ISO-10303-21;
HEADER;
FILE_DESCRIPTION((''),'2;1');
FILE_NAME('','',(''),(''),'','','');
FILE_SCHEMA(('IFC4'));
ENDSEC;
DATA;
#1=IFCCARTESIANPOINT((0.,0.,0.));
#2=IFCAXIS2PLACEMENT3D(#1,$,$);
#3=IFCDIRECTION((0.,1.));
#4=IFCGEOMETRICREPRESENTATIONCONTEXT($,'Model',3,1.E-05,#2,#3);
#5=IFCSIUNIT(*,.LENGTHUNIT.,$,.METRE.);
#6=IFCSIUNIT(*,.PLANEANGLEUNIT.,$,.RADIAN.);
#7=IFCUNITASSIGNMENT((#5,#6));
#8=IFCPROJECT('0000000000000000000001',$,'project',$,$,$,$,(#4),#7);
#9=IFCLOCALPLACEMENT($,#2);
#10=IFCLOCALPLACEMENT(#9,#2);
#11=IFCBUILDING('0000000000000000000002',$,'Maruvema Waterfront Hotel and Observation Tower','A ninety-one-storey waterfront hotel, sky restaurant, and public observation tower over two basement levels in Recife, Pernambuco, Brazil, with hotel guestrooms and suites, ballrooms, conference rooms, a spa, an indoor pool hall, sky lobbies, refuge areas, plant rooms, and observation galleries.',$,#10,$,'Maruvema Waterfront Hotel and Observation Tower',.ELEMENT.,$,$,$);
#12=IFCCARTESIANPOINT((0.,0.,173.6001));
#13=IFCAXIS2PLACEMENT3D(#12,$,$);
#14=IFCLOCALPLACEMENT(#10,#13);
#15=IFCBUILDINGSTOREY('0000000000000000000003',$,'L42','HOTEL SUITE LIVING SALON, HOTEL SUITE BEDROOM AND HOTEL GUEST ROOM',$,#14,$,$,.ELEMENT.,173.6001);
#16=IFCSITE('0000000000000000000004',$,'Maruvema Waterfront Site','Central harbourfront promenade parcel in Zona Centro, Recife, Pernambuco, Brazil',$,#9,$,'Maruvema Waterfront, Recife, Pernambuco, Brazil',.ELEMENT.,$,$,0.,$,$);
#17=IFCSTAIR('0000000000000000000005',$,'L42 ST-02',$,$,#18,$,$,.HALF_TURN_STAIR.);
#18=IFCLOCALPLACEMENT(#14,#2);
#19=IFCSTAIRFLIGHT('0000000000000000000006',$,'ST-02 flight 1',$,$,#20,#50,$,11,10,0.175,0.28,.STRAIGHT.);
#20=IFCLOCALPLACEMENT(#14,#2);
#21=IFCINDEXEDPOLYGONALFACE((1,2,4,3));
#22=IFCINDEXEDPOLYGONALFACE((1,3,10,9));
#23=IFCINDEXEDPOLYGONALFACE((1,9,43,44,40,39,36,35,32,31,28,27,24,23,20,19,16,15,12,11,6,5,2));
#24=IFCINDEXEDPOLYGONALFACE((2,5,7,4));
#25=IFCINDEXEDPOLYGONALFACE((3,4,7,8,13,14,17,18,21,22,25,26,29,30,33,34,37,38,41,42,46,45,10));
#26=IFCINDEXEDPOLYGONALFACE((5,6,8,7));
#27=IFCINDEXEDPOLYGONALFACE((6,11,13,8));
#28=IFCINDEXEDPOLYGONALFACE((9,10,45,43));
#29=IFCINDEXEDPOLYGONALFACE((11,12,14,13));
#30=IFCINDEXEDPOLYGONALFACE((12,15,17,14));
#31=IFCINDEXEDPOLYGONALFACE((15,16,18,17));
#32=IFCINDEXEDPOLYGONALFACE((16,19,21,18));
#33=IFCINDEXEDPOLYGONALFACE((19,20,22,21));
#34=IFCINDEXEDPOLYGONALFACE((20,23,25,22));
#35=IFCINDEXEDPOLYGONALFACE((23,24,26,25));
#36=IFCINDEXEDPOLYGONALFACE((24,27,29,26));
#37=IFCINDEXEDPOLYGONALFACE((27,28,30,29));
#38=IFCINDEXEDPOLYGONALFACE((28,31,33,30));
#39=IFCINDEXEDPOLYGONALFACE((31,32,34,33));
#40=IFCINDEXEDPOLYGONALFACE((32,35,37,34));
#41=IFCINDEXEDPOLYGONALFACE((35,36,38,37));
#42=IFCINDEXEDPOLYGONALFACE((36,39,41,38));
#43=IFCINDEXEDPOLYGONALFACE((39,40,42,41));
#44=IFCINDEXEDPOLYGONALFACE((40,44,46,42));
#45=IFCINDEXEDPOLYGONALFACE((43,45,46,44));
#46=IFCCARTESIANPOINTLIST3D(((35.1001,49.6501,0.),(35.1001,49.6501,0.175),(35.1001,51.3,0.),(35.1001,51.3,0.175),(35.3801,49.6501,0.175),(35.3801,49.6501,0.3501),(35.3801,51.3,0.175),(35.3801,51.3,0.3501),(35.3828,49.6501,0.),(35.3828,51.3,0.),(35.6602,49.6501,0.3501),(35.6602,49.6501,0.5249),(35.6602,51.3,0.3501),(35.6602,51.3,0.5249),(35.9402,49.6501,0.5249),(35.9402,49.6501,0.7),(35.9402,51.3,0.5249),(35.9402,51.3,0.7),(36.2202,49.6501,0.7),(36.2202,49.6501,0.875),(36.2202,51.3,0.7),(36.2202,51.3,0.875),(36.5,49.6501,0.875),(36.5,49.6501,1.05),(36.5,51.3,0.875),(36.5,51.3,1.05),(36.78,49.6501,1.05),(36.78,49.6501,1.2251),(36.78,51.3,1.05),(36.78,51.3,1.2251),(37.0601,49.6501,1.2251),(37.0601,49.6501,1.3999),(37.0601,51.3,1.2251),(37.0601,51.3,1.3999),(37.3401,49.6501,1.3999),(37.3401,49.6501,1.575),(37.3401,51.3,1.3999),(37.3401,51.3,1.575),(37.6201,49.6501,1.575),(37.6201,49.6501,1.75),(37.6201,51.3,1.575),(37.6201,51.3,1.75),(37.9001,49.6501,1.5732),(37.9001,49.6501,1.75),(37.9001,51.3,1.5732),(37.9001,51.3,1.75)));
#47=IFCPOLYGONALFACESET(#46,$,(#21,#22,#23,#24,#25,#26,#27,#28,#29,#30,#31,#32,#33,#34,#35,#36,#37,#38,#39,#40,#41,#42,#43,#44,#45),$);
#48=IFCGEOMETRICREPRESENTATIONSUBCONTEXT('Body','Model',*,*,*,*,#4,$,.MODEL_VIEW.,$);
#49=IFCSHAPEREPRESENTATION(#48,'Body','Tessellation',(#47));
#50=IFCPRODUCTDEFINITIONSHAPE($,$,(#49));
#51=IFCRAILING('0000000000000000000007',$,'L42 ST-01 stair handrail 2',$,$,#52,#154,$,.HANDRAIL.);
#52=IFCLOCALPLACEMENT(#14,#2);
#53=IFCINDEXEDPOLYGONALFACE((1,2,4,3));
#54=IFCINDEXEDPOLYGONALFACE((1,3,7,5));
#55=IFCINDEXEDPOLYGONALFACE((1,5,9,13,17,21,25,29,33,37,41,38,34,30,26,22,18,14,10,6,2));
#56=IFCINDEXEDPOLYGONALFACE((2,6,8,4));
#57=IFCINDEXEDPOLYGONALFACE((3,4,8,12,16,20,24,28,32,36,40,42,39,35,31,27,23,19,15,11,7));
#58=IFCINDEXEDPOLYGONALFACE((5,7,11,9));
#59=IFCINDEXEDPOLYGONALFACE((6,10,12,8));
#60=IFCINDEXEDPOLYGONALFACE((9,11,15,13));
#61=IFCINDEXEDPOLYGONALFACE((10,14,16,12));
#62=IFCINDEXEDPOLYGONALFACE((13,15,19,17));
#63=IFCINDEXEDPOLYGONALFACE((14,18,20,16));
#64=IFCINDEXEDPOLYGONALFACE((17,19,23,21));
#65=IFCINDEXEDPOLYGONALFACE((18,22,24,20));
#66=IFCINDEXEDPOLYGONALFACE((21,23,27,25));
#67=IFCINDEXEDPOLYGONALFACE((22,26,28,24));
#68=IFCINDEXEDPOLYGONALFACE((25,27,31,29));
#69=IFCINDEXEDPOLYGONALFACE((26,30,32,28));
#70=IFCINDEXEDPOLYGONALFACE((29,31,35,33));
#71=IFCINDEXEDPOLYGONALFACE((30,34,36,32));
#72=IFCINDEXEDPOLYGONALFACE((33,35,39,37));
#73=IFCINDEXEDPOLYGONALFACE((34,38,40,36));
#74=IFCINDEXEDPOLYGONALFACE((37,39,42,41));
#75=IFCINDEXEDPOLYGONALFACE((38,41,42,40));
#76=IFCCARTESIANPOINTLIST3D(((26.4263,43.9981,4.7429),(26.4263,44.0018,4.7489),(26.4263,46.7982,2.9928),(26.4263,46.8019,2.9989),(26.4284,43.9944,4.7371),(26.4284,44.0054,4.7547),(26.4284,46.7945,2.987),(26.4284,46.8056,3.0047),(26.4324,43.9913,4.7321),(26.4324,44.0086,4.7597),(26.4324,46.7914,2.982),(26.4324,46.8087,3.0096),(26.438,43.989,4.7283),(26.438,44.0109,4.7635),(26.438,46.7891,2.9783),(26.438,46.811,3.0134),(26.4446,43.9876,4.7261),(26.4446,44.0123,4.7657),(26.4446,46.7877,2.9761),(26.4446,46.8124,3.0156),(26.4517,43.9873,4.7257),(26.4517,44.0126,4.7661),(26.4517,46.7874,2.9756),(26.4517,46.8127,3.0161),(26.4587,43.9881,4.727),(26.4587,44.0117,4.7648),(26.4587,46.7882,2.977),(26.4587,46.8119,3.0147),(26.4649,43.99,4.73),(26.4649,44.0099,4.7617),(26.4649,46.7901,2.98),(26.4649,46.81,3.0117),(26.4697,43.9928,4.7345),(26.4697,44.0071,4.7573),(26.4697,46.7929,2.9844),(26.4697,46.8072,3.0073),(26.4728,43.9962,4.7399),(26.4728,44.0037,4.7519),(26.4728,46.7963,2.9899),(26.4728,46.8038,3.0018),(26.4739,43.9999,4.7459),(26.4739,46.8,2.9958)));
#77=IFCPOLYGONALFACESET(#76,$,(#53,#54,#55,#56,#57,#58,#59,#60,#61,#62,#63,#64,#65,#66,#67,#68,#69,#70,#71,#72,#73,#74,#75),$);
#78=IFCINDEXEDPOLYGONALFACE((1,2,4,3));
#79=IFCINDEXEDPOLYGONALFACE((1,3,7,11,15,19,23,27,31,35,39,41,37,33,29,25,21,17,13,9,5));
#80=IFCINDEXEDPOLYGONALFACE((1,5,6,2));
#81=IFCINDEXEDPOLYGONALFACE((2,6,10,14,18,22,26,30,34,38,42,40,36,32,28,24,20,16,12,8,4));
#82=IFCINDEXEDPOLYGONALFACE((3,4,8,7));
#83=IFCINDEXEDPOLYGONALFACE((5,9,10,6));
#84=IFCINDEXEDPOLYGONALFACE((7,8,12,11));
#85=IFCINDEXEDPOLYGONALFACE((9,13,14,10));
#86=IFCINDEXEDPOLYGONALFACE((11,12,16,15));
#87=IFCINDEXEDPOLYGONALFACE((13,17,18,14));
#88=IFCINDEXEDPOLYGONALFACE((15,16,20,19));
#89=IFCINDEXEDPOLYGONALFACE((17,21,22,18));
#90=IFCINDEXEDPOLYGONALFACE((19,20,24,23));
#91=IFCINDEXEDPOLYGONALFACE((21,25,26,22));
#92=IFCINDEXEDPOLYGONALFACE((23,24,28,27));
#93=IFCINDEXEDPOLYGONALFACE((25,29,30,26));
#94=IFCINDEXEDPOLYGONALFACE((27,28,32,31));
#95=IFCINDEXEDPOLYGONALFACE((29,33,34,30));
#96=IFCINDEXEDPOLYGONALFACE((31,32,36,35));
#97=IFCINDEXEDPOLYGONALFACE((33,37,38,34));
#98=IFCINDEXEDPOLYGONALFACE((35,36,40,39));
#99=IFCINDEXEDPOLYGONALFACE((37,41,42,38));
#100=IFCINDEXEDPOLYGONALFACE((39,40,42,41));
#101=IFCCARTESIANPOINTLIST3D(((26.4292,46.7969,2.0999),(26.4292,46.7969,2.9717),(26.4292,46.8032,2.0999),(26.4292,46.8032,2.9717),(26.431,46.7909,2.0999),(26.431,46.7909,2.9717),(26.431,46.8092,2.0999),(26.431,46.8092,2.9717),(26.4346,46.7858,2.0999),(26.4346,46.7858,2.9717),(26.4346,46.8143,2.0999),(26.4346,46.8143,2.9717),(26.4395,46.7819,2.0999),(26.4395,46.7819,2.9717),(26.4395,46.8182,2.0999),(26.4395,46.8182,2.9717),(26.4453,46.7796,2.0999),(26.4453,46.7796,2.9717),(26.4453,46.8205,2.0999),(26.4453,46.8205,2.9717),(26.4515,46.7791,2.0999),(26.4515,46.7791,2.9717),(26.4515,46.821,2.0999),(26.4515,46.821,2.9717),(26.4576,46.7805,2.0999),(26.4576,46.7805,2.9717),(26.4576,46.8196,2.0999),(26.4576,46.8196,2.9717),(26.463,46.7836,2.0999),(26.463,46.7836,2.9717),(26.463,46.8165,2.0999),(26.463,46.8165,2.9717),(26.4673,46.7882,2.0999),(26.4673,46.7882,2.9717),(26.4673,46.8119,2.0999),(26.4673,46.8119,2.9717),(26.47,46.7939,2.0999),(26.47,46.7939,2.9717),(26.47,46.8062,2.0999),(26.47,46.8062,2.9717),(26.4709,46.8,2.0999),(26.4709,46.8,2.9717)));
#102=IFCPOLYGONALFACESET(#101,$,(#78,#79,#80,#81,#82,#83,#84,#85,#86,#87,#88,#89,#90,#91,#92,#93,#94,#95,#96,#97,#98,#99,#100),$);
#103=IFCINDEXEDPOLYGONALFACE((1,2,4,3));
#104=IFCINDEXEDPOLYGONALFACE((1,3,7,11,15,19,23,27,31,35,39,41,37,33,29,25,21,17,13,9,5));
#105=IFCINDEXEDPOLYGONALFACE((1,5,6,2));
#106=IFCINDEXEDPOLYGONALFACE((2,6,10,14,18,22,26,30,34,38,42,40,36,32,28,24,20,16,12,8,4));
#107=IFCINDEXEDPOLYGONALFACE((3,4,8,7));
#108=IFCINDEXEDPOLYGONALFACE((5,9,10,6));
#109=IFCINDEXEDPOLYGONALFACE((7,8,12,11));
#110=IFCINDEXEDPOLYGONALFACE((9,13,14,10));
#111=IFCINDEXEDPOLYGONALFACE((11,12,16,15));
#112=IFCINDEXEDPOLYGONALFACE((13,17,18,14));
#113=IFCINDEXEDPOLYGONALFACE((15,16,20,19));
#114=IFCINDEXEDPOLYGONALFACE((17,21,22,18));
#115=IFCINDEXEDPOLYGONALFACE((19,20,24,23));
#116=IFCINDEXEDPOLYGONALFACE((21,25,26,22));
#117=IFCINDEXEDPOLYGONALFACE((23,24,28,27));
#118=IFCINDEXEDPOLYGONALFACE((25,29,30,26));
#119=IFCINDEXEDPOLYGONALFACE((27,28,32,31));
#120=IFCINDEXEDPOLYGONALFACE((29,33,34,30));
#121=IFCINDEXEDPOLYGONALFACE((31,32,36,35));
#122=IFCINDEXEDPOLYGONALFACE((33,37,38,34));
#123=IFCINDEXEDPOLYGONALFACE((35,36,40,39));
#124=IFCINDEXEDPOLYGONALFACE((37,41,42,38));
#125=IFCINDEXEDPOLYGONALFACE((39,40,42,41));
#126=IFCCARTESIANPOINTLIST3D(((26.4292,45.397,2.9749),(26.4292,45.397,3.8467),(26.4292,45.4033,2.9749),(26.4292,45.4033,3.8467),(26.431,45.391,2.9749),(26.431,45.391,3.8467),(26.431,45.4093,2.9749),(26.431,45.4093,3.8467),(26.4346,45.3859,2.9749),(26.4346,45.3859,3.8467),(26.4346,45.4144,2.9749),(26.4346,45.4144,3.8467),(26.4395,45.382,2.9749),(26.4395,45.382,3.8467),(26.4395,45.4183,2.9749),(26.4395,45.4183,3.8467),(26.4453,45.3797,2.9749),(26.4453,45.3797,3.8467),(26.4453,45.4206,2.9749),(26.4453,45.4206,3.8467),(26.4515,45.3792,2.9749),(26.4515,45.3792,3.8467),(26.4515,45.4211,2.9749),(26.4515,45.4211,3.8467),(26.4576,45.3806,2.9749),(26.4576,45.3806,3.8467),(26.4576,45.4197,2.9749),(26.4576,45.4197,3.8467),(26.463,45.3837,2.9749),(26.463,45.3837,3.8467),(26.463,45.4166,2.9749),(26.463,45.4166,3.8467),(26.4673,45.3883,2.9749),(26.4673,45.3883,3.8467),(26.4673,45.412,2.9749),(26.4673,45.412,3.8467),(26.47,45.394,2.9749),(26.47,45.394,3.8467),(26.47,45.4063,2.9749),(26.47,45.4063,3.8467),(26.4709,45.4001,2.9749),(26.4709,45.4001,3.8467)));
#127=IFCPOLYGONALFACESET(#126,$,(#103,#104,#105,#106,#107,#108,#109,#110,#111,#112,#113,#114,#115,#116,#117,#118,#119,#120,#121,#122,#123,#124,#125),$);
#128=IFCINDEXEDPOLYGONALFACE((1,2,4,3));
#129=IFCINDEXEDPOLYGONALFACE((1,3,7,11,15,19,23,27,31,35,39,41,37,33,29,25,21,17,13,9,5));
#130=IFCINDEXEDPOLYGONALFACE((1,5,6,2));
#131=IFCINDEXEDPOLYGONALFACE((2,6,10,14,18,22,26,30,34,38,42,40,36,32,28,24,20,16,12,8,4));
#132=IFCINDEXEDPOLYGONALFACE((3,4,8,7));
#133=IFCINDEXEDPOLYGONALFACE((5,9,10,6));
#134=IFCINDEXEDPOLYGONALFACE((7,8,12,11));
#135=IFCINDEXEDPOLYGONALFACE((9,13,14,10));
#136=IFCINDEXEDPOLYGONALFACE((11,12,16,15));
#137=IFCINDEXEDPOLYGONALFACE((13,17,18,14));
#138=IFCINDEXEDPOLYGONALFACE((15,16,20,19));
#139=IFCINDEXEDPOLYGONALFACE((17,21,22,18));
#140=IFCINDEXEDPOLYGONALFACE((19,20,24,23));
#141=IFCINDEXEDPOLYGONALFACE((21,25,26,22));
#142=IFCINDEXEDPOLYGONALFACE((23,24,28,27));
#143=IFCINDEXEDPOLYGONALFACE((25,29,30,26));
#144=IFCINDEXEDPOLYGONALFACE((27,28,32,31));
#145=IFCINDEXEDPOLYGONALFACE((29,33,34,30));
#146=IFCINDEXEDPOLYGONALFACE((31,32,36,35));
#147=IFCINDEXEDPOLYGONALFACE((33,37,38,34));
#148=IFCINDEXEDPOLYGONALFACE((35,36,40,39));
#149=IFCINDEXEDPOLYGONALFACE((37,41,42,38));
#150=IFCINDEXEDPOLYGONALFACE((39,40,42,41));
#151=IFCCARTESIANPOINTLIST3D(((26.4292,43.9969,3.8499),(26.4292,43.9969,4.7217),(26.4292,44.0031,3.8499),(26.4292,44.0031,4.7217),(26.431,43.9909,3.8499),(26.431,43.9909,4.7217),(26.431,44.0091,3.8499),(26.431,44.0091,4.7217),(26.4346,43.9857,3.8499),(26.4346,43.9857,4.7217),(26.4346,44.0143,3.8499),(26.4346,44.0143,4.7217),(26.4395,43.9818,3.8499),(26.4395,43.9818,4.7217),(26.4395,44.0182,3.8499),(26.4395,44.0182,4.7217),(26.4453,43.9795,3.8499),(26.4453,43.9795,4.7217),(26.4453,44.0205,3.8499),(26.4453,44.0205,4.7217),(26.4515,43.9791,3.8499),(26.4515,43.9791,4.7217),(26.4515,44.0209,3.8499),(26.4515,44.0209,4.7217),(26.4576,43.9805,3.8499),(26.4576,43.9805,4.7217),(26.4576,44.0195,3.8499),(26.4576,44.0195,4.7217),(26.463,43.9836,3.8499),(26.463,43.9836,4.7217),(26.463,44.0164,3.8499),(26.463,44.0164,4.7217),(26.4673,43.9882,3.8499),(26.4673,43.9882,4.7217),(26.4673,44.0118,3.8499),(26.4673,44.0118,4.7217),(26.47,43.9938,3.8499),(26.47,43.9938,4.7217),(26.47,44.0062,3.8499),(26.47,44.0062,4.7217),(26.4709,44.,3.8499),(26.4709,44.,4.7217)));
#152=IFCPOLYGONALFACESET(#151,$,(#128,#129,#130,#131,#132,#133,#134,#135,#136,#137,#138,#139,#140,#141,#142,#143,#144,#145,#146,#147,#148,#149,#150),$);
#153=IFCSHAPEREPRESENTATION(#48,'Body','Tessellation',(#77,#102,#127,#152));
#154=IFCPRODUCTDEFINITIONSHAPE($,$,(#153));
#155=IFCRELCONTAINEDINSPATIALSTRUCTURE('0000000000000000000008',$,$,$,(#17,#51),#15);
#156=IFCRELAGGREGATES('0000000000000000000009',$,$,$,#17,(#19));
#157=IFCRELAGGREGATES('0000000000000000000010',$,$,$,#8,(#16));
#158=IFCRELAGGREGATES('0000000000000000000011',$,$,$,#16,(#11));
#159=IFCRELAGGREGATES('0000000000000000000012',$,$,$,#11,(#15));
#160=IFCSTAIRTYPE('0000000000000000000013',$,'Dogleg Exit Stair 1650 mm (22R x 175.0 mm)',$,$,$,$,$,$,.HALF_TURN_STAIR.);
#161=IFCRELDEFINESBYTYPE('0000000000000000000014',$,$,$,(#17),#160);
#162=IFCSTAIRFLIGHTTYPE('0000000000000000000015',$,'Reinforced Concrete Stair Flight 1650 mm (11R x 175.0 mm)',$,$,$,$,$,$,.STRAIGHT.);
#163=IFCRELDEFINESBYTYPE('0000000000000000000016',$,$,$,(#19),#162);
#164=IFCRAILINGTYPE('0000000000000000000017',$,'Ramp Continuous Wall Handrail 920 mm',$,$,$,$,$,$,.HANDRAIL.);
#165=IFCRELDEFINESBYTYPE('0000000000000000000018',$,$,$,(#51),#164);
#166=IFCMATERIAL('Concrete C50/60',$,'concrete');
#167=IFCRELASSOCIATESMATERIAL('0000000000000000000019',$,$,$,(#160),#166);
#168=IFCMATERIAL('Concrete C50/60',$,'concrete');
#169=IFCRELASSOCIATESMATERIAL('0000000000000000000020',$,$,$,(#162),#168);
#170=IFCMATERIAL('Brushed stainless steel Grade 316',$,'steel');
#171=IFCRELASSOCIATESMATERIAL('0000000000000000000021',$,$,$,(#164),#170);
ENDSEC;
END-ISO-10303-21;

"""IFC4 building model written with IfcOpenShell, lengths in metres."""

from ifc_helpers import new_model, si_unit, direction, frame, origin, origin_2d, place, context, subcontext, project, spatial, polyline, circle, outline, extrude, material, type_object, element, aggregate, save


model = new_model("IFC4")

# Units and contexts
model_context = context("Model", 3, precision=1e-05, world=origin(), true_north=direction((0.0, 1.0)))
body_context = subcontext(model_context, "Body", "Model", "MODEL_VIEW")
ifc_project = project(units=[si_unit("LENGTHUNIT", "METRE"), si_unit("PLANEANGLEUNIT", "RADIAN")], contexts=[model_context])

# Site, building, storey
site_placement = place(None, origin())
site = spatial("IfcSite", under=ifc_project, at=site_placement, Name="Maruvema Waterfront Site", Description="Central harbourfront promenade parcel in Zona Centro, Recife, Pernambuco, Brazil", LongName="Maruvema Waterfront, Recife, Pernambuco, Brazil", CompositionType="ELEMENT", RefElevation=0.0)
building_placement = place(site_placement, origin())
building = spatial("IfcBuilding", under=site, at=building_placement, Name="Maruvema Waterfront Hotel and Observation Tower", Description="A ninety-one-storey waterfront hotel, sky restaurant, and public observation tower over two basement levels in Recife, Pernambuco, Brazil, with hotel guestrooms and suites, ballrooms, conference rooms, a spa, an indoor pool hall, sky lobbies, refuge areas, plant rooms, and observation galleries.", LongName="Maruvema Waterfront Hotel and Observation Tower", CompositionType="ELEMENT")
storey_placement = place(building_placement, frame((0.0, 0.0, 173.6001)))
storey = spatial("IfcBuildingStorey", under=building, at=storey_placement, Name="L42", Description="HOTEL SUITE LIVING SALON, HOTEL SUITE BEDROOM AND HOTEL GUEST ROOM", CompositionType="ELEMENT", Elevation=173.6001)

# Stair, stair flight
ifc_material_1 = material(Name="Concrete C50/60", Category="concrete")
stair_type = type_object("IfcStairType", Name="Dogleg Exit Stair 1650 mm (22R x 175.0 mm)", PredefinedType="HALF_TURN_STAIR", material=ifc_material_1)
ifc_material_2 = material(Name="Concrete C50/60", Category="concrete")
stair_flight_type = type_object("IfcStairFlightType", Name="Reinforced Concrete Stair Flight 1650 mm (11R x 175.0 mm)", PredefinedType="STRAIGHT", material=ifc_material_2)
stair_1_placement = place(storey_placement, origin())
stair_1 = element("IfcStair", 1, at=stair_1_placement, inside=storey, type_object=stair_type, Name="L42 ST-02", PredefinedType="HALF_TURN_STAIR")
stair_flight_1_placement = place(storey_placement, frame((35.1001, 50.4751, 0.0), z_axis=(0.0, 0.0, 1.0), x_axis=(1.0, 0.0, 0.0)))
stair_flight_1 = element("IfcStairFlight", 2, at=stair_flight_1_placement, type_object=stair_flight_type, Name="ST-02 flight 1", NumberOfRisers=11, NumberOfTreads=10, PredefinedType="STRAIGHT", RiserHeight=0.175, TreadLength=0.28, context=body_context, shape_type="SweptSolid", body=[
    extrude(outline(polyline([(0.0, 0.0), (0.0, 0.175), (0.28, 0.175), (0.28, 0.3501), (0.5601, 0.3501), (0.5601, 0.5249), (0.8401, 0.5249), (0.8401, 0.7), (1.1201, 0.7), (1.1201, 0.875), (1.3999, 0.875), (1.3999, 1.05), (1.6799, 1.05), (1.6799, 1.2251), (1.96, 1.2251), (1.96, 1.3999), (2.24, 1.3999), (2.24, 1.575), (2.52, 1.575), (2.52, 1.75), (2.8, 1.75), (2.8, 1.925), (2.8, 1.5732), (0.2827, 0.0), (0.0, 0.0)])), frame((0.0, 0.825, 0.0), z_axis=(0.0, -1.0, 0.0), x_axis=(1.0, 0.0, 0.0)), (0.0, 0.0, 1.0), 1.6499),
])
aggregate(stair_1, [stair_flight_1])

# Railing
ifc_material_3 = material(Name="Brushed stainless steel Grade 316", Category="steel")
railing_type_1 = type_object("IfcRailingType", Name="Ramp Continuous Wall Handrail 920 mm", PredefinedType="HANDRAIL", material=ifc_material_3)
railing_1_placement = place(storey_placement, frame((26.45, 46.8, 2.0999)))
element("IfcRailing", 3, at=railing_1_placement, inside=storey, type_object=railing_type_1, Name="L42 ST-01 stair handrail 2", PredefinedType="HANDRAIL", context=body_context, shape_type="SweptSolid", body=[
    extrude(circle(Radius=0.0239, at=origin_2d()), frame((0.0, 0.0, 0.896), z_axis=(0.0, -0.848002, 0.529992), x_axis=(1.0, 0.0, 0.0)), (0.0, 0.0, 1.0), 3.302),
    extrude(circle(Radius=0.021, at=origin_2d()), origin(), (0.0, 0.0, 1.0), 0.8718),
    extrude(circle(Radius=0.021, at=origin_2d()), frame((0.0, -1.3999, 0.875)), (0.0, 0.0, 1.0), 0.8718),
    extrude(circle(Radius=0.021, at=origin_2d()), frame((0.0, -2.8, 1.75)), (0.0, 0.0, 1.0), 0.8718),
])

save(model, "model.ifc")
